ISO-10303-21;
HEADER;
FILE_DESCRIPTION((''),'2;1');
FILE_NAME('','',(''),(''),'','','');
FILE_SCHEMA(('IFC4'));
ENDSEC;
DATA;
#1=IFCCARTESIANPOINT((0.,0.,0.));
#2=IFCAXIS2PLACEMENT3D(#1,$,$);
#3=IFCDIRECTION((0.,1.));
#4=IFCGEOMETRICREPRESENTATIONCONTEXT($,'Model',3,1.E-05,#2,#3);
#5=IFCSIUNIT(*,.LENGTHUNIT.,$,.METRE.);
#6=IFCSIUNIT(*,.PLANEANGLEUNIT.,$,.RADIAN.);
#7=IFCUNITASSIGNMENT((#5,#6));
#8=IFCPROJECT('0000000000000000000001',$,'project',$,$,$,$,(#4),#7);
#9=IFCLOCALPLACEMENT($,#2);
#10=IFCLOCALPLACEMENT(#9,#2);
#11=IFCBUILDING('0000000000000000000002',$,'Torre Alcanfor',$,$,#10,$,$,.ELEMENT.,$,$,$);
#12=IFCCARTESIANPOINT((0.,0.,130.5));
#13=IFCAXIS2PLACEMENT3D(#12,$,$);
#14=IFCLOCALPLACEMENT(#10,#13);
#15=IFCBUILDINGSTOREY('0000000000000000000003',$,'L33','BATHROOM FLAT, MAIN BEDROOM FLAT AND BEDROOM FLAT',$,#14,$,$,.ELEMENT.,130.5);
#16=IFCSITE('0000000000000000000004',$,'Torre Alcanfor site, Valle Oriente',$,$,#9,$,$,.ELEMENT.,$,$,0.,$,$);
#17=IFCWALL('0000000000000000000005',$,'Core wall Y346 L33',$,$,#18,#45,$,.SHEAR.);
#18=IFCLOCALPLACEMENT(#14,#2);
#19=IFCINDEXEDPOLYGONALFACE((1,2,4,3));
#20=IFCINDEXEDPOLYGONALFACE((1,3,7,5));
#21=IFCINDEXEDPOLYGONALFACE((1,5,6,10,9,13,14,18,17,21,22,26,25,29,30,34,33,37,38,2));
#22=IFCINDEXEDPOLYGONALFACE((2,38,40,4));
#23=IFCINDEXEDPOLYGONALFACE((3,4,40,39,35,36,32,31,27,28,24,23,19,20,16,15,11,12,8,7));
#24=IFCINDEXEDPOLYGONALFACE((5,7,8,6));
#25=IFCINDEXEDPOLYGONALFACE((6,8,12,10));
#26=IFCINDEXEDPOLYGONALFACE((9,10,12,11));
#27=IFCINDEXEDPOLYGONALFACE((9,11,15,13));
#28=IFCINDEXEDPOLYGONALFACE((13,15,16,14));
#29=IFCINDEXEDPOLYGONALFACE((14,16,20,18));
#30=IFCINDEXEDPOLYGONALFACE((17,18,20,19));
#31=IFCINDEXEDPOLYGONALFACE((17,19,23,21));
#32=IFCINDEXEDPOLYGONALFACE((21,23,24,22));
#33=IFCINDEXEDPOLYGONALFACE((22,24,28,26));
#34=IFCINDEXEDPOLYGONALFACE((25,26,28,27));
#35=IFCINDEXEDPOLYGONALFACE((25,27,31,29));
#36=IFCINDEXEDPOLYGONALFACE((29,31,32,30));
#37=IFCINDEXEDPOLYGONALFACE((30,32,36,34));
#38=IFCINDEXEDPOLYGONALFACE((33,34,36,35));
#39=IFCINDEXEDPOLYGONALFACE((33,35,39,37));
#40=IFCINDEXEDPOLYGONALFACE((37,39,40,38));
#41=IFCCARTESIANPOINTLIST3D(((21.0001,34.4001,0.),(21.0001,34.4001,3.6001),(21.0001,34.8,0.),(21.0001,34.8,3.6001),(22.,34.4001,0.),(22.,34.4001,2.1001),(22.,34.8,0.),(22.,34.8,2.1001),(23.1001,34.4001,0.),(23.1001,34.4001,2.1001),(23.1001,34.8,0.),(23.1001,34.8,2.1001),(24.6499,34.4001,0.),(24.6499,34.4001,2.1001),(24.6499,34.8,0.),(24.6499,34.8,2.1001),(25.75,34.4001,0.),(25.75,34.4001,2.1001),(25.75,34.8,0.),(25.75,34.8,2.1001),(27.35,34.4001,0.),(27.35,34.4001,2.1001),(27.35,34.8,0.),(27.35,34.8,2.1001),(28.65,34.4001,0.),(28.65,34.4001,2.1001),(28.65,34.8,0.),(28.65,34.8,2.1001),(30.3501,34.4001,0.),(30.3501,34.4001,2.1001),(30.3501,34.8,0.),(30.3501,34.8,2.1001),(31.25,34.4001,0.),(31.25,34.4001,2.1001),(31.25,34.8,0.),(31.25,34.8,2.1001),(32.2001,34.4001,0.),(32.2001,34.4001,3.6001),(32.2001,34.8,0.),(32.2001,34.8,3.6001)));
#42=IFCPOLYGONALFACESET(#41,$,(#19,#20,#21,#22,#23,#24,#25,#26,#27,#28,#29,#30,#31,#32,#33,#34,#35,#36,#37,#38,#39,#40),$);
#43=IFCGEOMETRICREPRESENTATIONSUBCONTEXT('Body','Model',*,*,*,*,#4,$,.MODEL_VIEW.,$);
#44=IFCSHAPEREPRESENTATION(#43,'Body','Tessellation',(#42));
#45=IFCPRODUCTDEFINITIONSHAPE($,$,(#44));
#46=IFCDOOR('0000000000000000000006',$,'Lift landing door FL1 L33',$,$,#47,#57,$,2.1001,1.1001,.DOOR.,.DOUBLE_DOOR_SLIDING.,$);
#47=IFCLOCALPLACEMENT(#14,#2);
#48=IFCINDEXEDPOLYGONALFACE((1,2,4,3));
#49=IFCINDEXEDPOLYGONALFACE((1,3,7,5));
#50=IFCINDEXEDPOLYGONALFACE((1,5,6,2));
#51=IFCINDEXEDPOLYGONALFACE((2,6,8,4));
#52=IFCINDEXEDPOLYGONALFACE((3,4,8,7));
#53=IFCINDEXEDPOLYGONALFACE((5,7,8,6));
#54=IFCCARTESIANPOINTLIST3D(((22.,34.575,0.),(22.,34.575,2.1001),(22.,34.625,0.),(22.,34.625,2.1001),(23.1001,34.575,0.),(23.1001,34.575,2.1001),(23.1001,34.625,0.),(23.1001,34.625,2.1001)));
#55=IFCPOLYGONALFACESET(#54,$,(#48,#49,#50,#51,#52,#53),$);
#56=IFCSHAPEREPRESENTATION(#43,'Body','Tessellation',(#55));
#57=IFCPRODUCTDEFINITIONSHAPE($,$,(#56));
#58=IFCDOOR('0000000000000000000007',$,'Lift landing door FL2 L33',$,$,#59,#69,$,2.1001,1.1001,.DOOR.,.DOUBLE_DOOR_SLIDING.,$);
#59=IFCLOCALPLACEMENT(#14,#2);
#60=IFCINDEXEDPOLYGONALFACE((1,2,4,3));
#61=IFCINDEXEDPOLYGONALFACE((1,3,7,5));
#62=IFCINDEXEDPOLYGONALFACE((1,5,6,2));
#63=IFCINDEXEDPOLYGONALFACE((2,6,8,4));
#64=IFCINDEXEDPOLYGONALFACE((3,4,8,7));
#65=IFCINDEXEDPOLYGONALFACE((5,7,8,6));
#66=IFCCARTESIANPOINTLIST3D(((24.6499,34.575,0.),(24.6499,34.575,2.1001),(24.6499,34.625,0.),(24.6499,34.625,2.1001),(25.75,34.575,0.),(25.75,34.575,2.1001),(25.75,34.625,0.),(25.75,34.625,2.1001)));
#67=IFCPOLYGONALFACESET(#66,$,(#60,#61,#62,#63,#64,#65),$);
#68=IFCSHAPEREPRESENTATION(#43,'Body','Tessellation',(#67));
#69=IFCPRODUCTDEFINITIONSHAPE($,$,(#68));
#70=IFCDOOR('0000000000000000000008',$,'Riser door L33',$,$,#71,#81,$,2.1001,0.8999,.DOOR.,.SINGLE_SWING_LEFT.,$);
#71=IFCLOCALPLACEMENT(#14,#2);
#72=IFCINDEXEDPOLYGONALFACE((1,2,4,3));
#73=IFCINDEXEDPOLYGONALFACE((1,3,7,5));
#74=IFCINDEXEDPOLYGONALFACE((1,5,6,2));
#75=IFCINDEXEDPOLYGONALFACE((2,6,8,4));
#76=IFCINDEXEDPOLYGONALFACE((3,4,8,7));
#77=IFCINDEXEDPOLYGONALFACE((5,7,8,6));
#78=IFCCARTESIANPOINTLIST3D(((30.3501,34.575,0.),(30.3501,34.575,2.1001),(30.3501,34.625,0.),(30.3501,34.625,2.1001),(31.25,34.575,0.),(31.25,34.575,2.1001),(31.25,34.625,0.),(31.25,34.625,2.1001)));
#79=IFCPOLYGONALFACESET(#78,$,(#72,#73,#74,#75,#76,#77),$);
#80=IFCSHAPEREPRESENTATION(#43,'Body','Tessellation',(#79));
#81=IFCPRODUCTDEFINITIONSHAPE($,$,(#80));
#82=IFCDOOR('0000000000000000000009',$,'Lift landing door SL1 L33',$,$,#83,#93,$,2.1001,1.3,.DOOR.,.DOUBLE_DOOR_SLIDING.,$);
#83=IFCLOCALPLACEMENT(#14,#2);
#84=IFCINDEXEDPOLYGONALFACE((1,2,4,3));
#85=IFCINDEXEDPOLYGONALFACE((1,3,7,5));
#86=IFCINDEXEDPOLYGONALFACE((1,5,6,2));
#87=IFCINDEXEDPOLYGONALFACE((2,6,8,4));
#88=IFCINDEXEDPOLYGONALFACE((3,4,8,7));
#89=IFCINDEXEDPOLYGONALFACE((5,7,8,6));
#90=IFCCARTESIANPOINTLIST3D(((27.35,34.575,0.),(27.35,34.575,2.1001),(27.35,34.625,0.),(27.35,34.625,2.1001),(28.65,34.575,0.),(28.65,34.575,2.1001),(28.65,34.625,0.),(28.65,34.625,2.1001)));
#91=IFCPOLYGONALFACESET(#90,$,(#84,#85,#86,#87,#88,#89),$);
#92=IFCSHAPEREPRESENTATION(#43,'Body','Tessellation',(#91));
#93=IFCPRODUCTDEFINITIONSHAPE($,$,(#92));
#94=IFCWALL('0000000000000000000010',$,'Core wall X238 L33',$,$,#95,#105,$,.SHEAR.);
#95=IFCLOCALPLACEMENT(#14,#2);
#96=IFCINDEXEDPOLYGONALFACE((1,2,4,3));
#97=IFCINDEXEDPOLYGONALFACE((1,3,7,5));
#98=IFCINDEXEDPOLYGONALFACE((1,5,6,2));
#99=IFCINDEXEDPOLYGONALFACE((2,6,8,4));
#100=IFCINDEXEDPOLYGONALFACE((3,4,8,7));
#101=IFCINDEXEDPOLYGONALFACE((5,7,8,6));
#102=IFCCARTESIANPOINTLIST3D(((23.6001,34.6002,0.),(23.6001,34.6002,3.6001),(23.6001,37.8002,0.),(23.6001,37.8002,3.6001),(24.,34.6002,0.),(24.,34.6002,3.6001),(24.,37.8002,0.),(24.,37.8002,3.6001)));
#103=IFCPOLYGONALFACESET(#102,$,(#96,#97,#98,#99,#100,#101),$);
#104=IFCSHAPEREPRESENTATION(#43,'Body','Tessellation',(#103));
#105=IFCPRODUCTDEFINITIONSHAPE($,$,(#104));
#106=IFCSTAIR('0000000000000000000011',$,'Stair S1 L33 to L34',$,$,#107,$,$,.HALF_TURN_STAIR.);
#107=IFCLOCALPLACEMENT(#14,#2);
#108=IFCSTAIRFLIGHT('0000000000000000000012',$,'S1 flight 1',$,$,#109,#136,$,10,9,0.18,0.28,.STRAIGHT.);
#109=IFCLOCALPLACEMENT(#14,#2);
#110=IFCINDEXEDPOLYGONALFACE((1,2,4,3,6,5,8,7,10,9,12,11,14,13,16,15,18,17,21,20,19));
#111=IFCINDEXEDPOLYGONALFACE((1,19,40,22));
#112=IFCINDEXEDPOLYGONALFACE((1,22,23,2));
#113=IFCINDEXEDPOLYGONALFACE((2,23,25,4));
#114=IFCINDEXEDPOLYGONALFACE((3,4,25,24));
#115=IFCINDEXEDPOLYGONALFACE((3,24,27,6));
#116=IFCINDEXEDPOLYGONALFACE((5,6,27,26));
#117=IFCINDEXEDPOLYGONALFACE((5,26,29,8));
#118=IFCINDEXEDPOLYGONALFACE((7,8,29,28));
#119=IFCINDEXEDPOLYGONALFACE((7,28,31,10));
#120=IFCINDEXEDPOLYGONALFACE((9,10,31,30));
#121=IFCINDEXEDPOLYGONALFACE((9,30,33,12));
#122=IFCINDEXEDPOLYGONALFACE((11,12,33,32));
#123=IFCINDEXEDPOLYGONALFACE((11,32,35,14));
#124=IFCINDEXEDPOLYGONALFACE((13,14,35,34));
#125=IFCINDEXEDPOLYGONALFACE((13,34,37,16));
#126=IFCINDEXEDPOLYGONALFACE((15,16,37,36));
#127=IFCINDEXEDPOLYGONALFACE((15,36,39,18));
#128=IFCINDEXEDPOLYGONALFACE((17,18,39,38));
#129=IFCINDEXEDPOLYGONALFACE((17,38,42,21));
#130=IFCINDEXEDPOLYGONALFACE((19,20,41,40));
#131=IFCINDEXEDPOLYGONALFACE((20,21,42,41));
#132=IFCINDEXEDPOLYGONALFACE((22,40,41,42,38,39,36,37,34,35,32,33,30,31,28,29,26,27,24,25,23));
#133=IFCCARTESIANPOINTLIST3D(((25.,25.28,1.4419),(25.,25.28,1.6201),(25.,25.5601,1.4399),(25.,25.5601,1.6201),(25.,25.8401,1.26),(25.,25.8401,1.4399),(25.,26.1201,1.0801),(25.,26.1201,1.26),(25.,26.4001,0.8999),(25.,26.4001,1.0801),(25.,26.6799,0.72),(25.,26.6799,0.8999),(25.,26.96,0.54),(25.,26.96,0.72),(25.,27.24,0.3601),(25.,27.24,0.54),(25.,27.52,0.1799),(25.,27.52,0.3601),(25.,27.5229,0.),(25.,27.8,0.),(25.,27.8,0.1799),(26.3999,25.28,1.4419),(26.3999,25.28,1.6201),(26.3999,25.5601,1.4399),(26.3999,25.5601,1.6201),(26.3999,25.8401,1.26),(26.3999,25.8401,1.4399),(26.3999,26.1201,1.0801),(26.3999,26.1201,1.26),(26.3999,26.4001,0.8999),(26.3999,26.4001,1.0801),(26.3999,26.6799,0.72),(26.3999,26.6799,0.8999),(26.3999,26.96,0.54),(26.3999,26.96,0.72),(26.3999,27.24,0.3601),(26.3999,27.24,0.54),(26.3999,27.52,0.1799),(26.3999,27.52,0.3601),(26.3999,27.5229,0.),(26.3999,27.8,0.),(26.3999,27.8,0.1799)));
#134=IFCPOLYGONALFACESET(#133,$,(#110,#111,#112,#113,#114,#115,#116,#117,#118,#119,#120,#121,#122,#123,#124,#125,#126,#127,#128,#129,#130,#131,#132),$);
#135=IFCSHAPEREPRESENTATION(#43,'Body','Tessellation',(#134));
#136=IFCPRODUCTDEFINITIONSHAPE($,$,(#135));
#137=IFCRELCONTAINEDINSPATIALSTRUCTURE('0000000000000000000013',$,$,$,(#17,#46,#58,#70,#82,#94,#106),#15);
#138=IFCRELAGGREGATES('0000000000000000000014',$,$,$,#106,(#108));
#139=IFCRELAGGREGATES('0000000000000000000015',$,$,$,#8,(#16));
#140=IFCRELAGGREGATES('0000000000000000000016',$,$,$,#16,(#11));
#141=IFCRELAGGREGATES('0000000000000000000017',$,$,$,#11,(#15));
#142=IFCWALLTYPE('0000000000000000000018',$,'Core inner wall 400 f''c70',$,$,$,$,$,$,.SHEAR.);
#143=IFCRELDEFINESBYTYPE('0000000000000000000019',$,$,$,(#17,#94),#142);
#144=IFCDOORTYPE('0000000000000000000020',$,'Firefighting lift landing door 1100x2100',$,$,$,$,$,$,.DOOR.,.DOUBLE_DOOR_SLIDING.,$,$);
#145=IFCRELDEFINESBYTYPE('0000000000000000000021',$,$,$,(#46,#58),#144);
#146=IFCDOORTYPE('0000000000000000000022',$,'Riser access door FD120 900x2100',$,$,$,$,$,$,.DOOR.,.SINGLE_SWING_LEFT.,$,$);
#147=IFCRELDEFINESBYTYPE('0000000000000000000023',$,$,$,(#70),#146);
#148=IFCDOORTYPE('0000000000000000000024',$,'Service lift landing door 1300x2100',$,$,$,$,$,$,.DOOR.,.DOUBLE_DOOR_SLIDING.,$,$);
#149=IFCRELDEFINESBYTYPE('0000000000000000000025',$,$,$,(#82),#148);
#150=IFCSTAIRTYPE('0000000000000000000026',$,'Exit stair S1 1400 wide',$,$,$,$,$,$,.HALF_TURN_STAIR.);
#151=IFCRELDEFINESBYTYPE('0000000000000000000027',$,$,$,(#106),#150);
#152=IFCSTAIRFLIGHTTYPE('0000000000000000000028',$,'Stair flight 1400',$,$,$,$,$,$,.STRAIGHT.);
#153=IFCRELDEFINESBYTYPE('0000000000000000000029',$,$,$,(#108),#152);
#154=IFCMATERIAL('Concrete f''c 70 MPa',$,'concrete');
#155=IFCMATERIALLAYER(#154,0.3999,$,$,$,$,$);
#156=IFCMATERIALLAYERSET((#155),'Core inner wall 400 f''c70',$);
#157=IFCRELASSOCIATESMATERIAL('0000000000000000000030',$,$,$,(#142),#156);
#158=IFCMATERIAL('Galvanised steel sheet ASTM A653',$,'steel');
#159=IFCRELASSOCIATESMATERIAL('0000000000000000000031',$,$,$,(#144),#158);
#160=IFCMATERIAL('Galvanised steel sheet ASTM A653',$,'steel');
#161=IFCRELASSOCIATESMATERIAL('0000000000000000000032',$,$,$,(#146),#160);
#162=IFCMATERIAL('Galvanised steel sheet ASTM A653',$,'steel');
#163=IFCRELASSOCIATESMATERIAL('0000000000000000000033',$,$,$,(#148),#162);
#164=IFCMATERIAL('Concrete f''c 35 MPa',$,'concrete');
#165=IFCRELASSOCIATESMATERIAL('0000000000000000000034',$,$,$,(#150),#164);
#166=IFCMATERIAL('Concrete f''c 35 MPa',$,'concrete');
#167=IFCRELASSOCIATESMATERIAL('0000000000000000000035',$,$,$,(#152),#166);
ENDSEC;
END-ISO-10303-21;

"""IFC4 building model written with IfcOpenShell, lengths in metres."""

from ifc_helpers import new_model, si_unit, direction, frame, frame_2d, origin, place, context, subcontext, project, spatial, polyline, rectangle, outline, extrude, material, layer, layer_set, type_object, element, fill, aggregate, save


model = new_model("IFC4")

# Units and contexts
model_context = context("Model", 3, precision=1e-05, world=origin(), true_north=direction((0.0, 1.0)))
body_context = subcontext(model_context, "Body", "Model", "MODEL_VIEW")
ifc_project = project(units=[si_unit("LENGTHUNIT", "METRE"), si_unit("PLANEANGLEUNIT", "RADIAN")], contexts=[model_context])

# Site, building, storey
site_placement = place(None, origin())
site = spatial("IfcSite", under=ifc_project, at=site_placement, Name="Torre Alcanfor site, Valle Oriente", CompositionType="ELEMENT", RefElevation=0.0)
building_placement = place(site_placement, origin())
building = spatial("IfcBuilding", under=site, at=building_placement, Name="Torre Alcanfor", CompositionType="ELEMENT")
storey_placement = place(building_placement, frame((0.0, 0.0, 130.5)))
storey = spatial("IfcBuildingStorey", under=building, at=storey_placement, Name="L33", Description="BATHROOM FLAT, MAIN BEDROOM FLAT AND BEDROOM FLAT", CompositionType="ELEMENT", Elevation=130.5)

# Shared definitions
ifc_material_1 = material(Name="Concrete f'c 70 MPa", Category="concrete")
ifc_layer_1 = layer(ifc_material_1, 0.3999)
ifc_layer_set_1 = layer_set([ifc_layer_1], Name="Core inner wall 400 f'c70")
wall_type_1 = type_object("IfcWallType", Name="Core inner wall 400 f'c70", PredefinedType="SHEAR", material=ifc_layer_set_1)

# Wall, openings, doors
wall_1_placement = place(storey_placement, frame((21.0, 34.6001, 0.0), z_axis=(0.0, 0.0, 1.0), x_axis=(1.0, 0.0, 0.0)))
wall_1 = element("IfcWall", 1, at=wall_1_placement, inside=storey, type_object=wall_type_1, Name="Core wall Y346 L33", PredefinedType="SHEAR", context=body_context, shape_type="SweptSolid", body=[
    extrude(rectangle(XDim=11.2, YDim=0.3999, at=frame_2d((5.6001, 0.0))), origin(), (0.0, 0.0, 1.0), 3.6001),
])
opening_1_placement = place(wall_1_placement, frame((9.3501, 0.0, 0.0)))
opening_1 = element("IfcOpeningElement", 2, at=opening_1_placement, cuts=wall_1, PredefinedType="OPENING", context=body_context, shape_type="SweptSolid", body=[
    extrude(rectangle(XDim=0.8999, YDim=2.1001, at=frame_2d((0.45, 1.05))), frame((0.0, 0.21, 0.0), z_axis=(0.0, -1.0, 0.0), x_axis=(1.0, 0.0, 0.0)), (0.0, 0.0, 1.0), 0.4199),
])
opening_2_placement = place(wall_1_placement, frame((1.0, 0.0, 0.0)))
opening_2 = element("IfcOpeningElement", 3, at=opening_2_placement, cuts=wall_1, PredefinedType="OPENING", context=body_context, shape_type="SweptSolid", body=[
    extrude(rectangle(XDim=1.1001, YDim=2.1001, at=frame_2d((0.55, 1.05))), frame((0.0, 0.21, 0.0), z_axis=(0.0, -1.0, 0.0), x_axis=(1.0, 0.0, 0.0)), (0.0, 0.0, 1.0), 0.4199),
])
opening_3_placement = place(wall_1_placement, frame((3.6499, 0.0, 0.0)))
opening_3 = element("IfcOpeningElement", 4, at=opening_3_placement, cuts=wall_1, PredefinedType="OPENING", context=body_context, shape_type="SweptSolid", body=[
    extrude(rectangle(XDim=1.1001, YDim=2.1001, at=frame_2d((0.55, 1.05))), frame((0.0, 0.21, 0.0), z_axis=(0.0, -1.0, 0.0), x_axis=(1.0, 0.0, 0.0)), (0.0, 0.0, 1.0), 0.4199),
])
opening_4_placement = place(wall_1_placement, frame((6.3501, 0.0, 0.0)))
opening_4 = element("IfcOpeningElement", 5, at=opening_4_placement, cuts=wall_1, PredefinedType="OPENING", context=body_context, shape_type="SweptSolid", body=[
    extrude(rectangle(XDim=1.3, YDim=2.1001, at=frame_2d((0.6499, 1.05))), frame((0.0, 0.21, 0.0), z_axis=(0.0, -1.0, 0.0), x_axis=(1.0, 0.0, 0.0)), (0.0, 0.0, 1.0), 0.4199),
])
ifc_material_2 = material(Name="Galvanised steel sheet ASTM A653", Category="steel")
door_type_1 = type_object("IfcDoorType", Name="Firefighting lift landing door 1100x2100", OperationType="DOUBLE_DOOR_SLIDING", PredefinedType="DOOR", material=ifc_material_2)
door_1_placement = place(opening_2_placement, origin())
door_1 = element("IfcDoor", 6, at=door_1_placement, inside=storey, type_object=door_type_1, Name="Lift landing door FL1 L33", OperationType="DOUBLE_DOOR_SLIDING", OverallHeight=2.1001, OverallWidth=1.1001, PredefinedType="DOOR", context=body_context, shape_type="SweptSolid", body=[
    extrude(rectangle(XDim=1.1001, YDim=2.1001, at=frame_2d((0.55, 1.05))), frame((0.0, 0.0249, 0.0), z_axis=(0.0, -1.0, 0.0), x_axis=(1.0, 0.0, 0.0)), (0.0, 0.0, 1.0), 0.05),
])
fill(opening_2, door_1)
door_2_placement = place(opening_3_placement, origin())
door_2 = element("IfcDoor", 7, at=door_2_placement, inside=storey, type_object=door_type_1, Name="Lift landing door FL2 L33", OperationType="DOUBLE_DOOR_SLIDING", OverallHeight=2.1001, OverallWidth=1.1001, PredefinedType="DOOR", context=body_context, shape_type="SweptSolid", body=[
    extrude(rectangle(XDim=1.1001, YDim=2.1001, at=frame_2d((0.55, 1.05))), frame((0.0, 0.0249, 0.0), z_axis=(0.0, -1.0, 0.0), x_axis=(1.0, 0.0, 0.0)), (0.0, 0.0, 1.0), 0.05),
])
fill(opening_3, door_2)
ifc_material_3 = material(Name="Galvanised steel sheet ASTM A653", Category="steel")
door_type_2 = type_object("IfcDoorType", Name="Riser access door FD120 900x2100", OperationType="SINGLE_SWING_LEFT", PredefinedType="DOOR", material=ifc_material_3)
door_3_placement = place(opening_1_placement, origin())
door_3 = element("IfcDoor", 8, at=door_3_placement, inside=storey, type_object=door_type_2, Name="Riser door L33", OperationType="SINGLE_SWING_LEFT", OverallHeight=2.1001, OverallWidth=0.8999, PredefinedType="DOOR", context=body_context, shape_type="SweptSolid", body=[
    extrude(rectangle(XDim=0.8999, YDim=2.1001, at=frame_2d((0.45, 1.05))), frame((0.0, 0.0249, 0.0), z_axis=(0.0, -1.0, 0.0), x_axis=(1.0, 0.0, 0.0)), (0.0, 0.0, 1.0), 0.05),
])
fill(opening_1, door_3)
ifc_material_4 = material(Name="Galvanised steel sheet ASTM A653", Category="steel")
door_type_3 = type_object("IfcDoorType", Name="Service lift landing door 1300x2100", OperationType="DOUBLE_DOOR_SLIDING", PredefinedType="DOOR", material=ifc_material_4)
door_4_placement = place(opening_4_placement, origin())
door_4 = element("IfcDoor", 9, at=door_4_placement, inside=storey, type_object=door_type_3, Name="Lift landing door SL1 L33", OperationType="DOUBLE_DOOR_SLIDING", OverallHeight=2.1001, OverallWidth=1.3, PredefinedType="DOOR", context=body_context, shape_type="SweptSolid", body=[
    extrude(rectangle(XDim=1.3, YDim=2.1001, at=frame_2d((0.6499, 1.05))), frame((0.0, 0.0249, 0.0), z_axis=(0.0, -1.0, 0.0), x_axis=(1.0, 0.0, 0.0)), (0.0, 0.0, 1.0), 0.05),
])
fill(opening_4, door_4)

# Wall
wall_2_placement = place(storey_placement, frame((23.8, 34.6001, 0.0), z_axis=(0.0, 0.0, 1.0), x_axis=(0.0, 1.0, 0.0)))
element("IfcWall", 10, at=wall_2_placement, inside=storey, type_object=wall_type_1, Name="Core wall X238 L33", PredefinedType="SHEAR", context=body_context, shape_type="SweptSolid", body=[
    extrude(rectangle(XDim=3.2, YDim=0.3999, at=frame_2d((1.6001, 0.0))), origin(), (0.0, 0.0, 1.0), 3.6001),
])

# Stair, stair flight
ifc_material_5 = material(Name="Concrete f'c 35 MPa", Category="concrete")
stair_type = type_object("IfcStairType", Name="Exit stair S1 1400 wide", PredefinedType="HALF_TURN_STAIR", material=ifc_material_5)
stair_placement = place(storey_placement, origin())
stair = element("IfcStair", 11, at=stair_placement, inside=storey, type_object=stair_type, Name="Stair S1 L33 to L34", PredefinedType="HALF_TURN_STAIR")
ifc_material_6 = material(Name="Concrete f'c 35 MPa", Category="concrete")
stair_flight_type = type_object("IfcStairFlightType", Name="Stair flight 1400", PredefinedType="STRAIGHT", material=ifc_material_6)
stair_flight_placement = place(storey_placement, frame((25.7, 27.8, 0.0), z_axis=(0.0, 0.0, 1.0), x_axis=(0.0, -1.0, 0.0)))
stair_flight = element("IfcStairFlight", 12, at=stair_flight_placement, type_object=stair_flight_type, Name="S1 flight 1", NumberOfRisers=10, NumberOfTreads=9, PredefinedType="STRAIGHT", RiserHeight=0.18, TreadLength=0.28, context=body_context, shape_type="SweptSolid", body=[
    extrude(outline(polyline([(0.0, 0.0), (0.0, 0.1799), (0.28, 0.1799), (0.28, 0.3601), (0.5601, 0.3601), (0.5601, 0.54), (0.8401, 0.54), (0.8401, 0.72), (1.1201, 0.72), (1.1201, 0.8999), (1.3999, 0.8999), (1.3999, 1.0801), (1.6799, 1.0801), (1.6799, 1.26), (1.96, 1.26), (1.96, 1.4399), (2.24, 1.4399), (2.24, 1.6201), (2.52, 1.6201), (2.52, 1.8), (2.52, 1.4419), (0.2771, 0.0), (0.0, 0.0)])), frame((0.0, 0.7, 0.0), z_axis=(0.0, -1.0, 0.0), x_axis=(1.0, 0.0, 0.0)), (0.0, 0.0, 1.0), 1.3999),
])
aggregate(stair, [stair_flight])

save(model, "model.ifc")
